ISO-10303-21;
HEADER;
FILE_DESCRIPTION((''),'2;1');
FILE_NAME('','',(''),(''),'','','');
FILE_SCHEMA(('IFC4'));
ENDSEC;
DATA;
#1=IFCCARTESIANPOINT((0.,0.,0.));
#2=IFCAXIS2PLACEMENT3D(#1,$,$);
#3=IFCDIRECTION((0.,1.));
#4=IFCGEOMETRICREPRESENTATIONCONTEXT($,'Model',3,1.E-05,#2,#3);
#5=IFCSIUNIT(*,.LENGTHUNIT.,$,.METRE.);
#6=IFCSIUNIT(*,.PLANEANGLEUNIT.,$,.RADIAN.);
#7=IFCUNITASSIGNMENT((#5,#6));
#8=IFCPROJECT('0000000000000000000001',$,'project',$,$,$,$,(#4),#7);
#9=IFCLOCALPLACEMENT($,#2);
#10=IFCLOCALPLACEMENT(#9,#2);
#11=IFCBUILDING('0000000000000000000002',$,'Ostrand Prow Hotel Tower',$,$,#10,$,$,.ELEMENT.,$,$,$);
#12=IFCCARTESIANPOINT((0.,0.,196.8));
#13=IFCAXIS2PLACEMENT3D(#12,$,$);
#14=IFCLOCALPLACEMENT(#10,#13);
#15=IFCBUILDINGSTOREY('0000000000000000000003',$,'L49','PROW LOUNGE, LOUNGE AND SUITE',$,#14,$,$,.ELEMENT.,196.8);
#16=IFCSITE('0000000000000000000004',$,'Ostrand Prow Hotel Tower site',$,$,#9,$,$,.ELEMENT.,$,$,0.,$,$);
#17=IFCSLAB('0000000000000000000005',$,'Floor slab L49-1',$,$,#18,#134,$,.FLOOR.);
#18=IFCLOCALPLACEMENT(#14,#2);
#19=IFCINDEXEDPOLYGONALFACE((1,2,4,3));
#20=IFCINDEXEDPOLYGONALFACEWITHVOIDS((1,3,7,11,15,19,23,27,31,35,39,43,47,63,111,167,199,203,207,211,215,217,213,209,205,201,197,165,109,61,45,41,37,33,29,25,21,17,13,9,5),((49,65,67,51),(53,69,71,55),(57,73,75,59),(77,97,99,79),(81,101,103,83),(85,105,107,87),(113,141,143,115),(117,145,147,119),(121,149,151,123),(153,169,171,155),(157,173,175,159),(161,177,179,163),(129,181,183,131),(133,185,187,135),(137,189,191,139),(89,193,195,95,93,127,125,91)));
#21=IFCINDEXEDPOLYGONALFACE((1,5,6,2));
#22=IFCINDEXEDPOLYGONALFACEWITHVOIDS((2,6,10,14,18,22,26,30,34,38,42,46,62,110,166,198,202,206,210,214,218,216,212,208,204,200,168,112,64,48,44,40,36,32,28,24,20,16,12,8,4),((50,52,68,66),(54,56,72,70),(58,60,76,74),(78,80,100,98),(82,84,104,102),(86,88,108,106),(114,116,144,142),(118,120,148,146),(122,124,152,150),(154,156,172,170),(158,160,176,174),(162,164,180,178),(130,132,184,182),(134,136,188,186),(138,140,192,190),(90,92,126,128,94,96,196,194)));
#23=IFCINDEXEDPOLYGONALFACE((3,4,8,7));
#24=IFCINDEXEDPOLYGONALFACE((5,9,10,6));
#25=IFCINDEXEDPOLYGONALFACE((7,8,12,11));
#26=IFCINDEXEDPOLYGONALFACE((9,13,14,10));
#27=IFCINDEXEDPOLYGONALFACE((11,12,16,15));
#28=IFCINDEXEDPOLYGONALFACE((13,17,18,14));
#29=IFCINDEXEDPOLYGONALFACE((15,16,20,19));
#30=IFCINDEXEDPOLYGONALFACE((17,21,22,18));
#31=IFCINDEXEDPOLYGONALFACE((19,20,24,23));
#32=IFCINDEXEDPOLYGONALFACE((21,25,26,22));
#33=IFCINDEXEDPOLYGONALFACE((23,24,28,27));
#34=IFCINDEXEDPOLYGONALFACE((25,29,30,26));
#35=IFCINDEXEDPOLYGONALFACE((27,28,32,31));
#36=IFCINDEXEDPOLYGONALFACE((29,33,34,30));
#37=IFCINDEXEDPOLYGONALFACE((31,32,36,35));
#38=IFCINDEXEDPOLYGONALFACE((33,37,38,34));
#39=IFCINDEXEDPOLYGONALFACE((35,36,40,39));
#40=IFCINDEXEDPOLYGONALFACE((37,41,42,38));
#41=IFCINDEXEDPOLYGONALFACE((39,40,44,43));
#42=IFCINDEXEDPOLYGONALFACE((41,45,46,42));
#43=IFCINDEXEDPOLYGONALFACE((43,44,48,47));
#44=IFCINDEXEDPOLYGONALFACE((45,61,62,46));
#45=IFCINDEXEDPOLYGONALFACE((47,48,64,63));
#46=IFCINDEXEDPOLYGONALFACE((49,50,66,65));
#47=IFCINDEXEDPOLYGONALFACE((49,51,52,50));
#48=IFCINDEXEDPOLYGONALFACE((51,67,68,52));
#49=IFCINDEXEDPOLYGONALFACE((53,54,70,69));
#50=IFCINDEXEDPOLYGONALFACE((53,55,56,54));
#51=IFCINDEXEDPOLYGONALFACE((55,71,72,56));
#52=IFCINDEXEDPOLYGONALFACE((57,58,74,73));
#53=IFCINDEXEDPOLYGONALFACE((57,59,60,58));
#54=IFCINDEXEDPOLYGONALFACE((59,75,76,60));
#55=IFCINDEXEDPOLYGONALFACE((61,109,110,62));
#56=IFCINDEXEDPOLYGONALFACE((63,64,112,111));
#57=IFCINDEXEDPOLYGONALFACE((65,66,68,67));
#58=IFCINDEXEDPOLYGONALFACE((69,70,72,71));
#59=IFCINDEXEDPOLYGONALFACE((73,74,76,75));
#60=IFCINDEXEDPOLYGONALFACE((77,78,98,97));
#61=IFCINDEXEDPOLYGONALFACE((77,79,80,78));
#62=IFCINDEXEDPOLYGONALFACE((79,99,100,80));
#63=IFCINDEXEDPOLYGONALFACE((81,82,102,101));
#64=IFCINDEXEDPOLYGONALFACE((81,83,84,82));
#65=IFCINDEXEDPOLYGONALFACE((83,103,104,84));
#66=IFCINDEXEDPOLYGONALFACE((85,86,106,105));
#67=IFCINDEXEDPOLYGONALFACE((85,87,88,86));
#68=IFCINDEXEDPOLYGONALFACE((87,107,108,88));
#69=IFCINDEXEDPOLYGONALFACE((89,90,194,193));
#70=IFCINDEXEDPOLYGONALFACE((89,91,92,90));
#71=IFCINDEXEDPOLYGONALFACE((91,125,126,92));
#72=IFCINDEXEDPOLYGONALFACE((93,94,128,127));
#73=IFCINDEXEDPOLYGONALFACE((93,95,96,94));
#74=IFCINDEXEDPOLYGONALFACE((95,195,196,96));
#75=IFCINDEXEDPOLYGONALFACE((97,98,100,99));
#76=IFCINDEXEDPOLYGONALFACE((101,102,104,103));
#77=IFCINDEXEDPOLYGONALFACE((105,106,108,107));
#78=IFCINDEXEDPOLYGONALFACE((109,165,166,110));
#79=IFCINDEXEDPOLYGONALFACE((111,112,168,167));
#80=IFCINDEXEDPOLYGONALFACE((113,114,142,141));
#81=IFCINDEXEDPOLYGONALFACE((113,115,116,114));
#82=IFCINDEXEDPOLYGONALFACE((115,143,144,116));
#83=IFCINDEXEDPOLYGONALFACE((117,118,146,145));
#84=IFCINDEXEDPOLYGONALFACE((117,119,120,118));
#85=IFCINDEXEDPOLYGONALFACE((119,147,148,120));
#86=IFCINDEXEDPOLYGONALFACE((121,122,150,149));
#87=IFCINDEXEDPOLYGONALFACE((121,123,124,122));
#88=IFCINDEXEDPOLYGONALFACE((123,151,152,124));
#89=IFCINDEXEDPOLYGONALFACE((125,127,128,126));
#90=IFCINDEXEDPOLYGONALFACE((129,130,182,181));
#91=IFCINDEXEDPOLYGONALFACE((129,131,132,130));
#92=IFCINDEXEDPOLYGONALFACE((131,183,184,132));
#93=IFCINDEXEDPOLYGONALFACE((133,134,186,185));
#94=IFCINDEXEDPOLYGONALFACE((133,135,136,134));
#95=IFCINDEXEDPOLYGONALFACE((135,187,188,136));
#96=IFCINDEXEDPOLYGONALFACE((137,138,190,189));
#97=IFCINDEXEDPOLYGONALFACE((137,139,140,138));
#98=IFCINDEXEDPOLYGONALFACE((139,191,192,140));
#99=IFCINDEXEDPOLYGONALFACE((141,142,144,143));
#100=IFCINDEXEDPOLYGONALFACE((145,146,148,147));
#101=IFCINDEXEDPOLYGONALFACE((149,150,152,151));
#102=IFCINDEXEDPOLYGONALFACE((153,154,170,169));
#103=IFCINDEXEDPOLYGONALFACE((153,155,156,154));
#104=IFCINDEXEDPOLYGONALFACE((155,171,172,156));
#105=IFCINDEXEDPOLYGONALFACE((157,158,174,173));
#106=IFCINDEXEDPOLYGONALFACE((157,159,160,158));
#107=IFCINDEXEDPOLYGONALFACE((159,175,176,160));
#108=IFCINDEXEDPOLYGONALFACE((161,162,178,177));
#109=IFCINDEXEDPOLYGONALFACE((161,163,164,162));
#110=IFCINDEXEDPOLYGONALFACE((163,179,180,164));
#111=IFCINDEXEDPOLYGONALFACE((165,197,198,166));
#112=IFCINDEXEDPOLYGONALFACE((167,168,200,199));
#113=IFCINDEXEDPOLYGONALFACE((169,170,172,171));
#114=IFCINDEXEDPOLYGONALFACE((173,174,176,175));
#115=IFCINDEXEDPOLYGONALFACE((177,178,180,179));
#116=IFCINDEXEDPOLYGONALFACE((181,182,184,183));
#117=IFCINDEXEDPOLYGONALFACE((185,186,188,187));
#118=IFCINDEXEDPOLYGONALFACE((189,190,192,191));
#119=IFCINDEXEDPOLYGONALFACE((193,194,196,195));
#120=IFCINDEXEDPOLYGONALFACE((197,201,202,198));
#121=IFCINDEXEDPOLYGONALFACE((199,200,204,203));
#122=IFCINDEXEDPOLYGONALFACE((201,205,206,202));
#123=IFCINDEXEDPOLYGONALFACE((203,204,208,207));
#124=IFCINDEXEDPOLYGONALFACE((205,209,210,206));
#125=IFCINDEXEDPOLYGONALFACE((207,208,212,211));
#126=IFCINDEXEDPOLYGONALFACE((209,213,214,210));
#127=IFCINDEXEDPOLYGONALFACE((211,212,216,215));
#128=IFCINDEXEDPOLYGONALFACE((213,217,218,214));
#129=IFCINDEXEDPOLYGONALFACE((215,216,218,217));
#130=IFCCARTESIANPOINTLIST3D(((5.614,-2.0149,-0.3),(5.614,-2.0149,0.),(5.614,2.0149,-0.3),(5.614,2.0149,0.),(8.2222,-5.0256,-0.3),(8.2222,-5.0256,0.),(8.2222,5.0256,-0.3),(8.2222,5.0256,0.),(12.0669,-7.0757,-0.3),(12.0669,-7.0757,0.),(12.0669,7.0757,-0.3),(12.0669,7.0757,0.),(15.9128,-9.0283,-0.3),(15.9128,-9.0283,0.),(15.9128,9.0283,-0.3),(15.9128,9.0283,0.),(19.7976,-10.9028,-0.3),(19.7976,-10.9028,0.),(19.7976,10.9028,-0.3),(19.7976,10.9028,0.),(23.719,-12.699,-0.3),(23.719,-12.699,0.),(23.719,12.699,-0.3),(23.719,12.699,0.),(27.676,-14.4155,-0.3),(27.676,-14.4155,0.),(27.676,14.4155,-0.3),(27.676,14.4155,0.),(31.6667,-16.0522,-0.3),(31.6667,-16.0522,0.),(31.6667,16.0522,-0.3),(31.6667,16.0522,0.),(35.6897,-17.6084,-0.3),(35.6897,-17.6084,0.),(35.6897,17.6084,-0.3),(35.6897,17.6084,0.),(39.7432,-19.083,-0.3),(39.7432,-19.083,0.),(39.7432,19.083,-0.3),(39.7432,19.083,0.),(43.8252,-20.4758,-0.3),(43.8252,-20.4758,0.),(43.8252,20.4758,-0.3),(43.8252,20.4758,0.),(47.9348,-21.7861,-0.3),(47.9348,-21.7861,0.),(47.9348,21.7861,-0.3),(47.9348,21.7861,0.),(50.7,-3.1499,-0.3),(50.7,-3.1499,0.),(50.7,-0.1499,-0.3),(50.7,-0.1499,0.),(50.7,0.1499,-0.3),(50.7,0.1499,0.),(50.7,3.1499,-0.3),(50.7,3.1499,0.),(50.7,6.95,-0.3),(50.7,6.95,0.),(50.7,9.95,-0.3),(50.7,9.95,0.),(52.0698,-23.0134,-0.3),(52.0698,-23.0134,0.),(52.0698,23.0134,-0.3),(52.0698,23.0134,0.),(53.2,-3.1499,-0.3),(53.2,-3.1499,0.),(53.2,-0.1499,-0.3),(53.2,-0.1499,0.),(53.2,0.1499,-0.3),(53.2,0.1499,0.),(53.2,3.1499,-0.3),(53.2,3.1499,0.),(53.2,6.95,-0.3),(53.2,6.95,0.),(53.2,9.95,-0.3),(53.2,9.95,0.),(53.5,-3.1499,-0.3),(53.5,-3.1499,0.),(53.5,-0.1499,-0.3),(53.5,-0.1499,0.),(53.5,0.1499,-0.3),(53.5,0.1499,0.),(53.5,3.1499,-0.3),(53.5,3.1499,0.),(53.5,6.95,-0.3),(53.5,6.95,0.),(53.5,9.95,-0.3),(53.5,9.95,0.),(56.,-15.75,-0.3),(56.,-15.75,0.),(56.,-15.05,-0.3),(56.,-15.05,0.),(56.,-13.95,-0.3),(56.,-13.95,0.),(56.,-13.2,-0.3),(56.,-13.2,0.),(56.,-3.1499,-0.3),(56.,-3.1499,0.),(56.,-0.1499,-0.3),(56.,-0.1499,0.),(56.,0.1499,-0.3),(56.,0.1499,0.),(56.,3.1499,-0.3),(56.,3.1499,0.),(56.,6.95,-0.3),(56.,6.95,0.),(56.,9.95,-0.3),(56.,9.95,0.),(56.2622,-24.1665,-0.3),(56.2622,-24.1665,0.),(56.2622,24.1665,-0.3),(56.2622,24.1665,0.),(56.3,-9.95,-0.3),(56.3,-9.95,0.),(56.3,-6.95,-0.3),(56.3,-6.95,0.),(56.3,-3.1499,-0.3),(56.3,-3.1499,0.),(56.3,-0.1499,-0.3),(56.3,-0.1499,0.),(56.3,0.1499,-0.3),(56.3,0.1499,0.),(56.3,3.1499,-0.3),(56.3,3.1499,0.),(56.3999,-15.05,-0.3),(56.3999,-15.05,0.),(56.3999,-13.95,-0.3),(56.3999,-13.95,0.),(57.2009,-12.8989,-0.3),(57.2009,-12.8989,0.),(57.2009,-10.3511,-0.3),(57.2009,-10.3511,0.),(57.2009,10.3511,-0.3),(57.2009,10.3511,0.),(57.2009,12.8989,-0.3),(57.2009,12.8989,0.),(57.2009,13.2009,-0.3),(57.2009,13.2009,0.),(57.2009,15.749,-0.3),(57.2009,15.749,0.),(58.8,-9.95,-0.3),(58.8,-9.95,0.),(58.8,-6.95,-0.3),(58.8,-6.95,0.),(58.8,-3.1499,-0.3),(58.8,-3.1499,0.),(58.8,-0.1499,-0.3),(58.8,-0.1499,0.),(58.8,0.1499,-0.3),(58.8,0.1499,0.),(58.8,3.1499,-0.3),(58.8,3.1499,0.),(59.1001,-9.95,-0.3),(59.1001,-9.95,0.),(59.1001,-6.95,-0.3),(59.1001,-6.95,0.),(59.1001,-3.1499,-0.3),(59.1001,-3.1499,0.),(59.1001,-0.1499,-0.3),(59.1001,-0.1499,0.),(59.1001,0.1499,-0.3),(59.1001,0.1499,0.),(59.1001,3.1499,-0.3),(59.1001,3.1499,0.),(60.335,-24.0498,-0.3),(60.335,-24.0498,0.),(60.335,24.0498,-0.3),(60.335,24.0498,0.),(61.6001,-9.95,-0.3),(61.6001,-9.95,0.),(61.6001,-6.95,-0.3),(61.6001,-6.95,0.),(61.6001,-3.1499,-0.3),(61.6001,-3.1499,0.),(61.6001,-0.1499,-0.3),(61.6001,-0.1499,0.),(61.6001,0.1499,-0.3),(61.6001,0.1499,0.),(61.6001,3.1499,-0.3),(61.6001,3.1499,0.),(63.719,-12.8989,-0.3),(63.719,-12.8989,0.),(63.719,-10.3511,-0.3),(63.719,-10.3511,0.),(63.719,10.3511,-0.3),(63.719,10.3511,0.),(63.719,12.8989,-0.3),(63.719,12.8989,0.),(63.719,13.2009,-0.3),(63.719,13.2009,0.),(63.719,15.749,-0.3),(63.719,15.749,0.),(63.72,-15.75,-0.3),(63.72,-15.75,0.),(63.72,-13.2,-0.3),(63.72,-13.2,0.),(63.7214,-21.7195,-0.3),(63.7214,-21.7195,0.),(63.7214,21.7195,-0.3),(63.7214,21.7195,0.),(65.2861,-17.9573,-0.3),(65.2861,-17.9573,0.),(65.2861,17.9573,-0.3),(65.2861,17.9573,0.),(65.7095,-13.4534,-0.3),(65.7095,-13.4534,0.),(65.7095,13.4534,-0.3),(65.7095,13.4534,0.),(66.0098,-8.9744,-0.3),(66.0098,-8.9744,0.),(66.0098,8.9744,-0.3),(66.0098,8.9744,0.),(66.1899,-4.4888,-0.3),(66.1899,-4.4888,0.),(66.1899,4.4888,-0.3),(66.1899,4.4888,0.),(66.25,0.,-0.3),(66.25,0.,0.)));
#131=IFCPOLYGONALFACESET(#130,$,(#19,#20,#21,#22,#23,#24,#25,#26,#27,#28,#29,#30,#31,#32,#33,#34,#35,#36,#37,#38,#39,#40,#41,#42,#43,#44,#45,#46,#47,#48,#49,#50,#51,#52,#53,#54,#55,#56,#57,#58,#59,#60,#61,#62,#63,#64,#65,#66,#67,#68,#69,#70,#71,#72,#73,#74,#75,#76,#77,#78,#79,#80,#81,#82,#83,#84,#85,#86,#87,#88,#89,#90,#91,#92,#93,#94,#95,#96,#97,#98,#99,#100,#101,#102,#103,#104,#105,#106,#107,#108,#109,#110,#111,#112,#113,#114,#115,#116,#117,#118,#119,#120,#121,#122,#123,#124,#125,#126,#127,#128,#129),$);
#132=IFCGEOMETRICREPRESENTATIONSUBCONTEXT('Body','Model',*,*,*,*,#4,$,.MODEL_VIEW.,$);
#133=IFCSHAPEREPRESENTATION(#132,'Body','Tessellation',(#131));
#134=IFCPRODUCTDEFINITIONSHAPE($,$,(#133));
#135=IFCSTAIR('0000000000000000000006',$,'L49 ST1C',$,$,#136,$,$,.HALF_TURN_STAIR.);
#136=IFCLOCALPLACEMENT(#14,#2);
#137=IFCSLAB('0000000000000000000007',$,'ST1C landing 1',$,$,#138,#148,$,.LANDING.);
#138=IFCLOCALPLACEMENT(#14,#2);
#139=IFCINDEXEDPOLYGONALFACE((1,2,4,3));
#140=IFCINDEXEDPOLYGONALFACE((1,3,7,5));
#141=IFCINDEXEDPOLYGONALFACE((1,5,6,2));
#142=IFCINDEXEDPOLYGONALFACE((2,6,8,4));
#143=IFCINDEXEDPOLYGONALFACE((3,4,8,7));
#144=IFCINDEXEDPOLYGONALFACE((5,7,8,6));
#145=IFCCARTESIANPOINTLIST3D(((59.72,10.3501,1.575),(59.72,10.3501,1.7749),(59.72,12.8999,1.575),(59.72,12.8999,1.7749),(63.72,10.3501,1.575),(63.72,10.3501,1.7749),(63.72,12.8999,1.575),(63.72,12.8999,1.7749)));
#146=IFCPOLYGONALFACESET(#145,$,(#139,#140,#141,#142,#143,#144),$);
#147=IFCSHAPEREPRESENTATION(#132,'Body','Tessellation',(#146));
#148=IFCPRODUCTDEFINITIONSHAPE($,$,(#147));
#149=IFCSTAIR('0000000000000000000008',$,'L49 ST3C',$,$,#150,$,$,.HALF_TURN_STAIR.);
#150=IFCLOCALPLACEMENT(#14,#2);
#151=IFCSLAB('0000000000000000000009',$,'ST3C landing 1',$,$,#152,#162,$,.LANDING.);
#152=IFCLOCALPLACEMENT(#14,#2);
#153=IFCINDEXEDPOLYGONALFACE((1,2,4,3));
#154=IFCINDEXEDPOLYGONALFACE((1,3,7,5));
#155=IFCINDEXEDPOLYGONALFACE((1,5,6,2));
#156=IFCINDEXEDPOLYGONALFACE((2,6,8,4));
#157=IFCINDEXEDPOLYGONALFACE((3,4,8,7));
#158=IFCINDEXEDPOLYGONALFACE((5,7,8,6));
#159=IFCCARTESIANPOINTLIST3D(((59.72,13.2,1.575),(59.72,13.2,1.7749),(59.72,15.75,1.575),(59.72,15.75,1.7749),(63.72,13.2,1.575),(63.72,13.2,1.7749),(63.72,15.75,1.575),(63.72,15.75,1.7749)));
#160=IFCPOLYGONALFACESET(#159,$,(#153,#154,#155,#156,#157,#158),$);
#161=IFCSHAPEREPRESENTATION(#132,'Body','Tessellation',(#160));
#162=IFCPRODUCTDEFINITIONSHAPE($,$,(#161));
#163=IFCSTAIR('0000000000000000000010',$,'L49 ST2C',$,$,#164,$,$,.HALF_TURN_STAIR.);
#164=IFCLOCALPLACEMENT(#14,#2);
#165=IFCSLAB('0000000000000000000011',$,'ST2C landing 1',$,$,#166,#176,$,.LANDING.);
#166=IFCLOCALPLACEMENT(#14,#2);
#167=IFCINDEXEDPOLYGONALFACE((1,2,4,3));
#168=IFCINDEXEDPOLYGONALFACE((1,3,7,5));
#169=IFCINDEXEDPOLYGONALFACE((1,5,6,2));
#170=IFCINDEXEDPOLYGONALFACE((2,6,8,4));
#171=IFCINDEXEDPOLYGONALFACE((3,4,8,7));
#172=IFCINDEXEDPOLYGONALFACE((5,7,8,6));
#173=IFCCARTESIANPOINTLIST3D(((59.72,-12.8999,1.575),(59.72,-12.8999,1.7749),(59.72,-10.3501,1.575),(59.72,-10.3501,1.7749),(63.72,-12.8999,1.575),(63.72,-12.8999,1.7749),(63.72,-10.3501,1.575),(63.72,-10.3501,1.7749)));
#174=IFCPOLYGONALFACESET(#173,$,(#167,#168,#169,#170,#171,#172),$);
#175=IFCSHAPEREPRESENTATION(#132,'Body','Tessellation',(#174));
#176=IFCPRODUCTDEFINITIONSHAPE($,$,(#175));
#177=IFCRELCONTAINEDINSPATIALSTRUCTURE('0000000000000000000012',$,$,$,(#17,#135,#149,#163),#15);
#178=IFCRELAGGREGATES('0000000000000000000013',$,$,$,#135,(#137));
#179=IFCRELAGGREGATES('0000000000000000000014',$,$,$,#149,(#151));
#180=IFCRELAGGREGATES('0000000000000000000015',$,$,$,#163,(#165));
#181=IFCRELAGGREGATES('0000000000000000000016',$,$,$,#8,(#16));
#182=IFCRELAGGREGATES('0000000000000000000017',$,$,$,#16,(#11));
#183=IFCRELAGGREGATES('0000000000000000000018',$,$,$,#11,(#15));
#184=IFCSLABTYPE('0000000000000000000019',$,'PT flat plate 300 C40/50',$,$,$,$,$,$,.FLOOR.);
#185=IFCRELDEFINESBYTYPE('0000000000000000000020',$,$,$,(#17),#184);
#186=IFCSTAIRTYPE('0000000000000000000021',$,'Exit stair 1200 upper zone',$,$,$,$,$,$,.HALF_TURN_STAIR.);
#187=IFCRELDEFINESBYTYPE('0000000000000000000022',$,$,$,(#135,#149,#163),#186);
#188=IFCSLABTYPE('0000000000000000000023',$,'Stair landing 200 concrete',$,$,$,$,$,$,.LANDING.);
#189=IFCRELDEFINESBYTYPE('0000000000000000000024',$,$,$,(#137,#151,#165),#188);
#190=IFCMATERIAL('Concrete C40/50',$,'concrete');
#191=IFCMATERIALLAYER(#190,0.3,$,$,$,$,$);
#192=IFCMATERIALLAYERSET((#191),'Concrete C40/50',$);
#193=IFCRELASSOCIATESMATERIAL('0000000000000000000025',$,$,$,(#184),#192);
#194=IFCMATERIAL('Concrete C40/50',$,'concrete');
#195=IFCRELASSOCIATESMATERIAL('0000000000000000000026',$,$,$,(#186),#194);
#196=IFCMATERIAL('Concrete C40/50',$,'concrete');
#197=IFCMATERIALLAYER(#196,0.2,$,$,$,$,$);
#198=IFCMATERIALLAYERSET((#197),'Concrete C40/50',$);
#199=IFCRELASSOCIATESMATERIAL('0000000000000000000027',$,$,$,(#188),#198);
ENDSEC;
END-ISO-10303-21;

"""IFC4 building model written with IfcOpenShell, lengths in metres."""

from ifc_helpers import new_model, si_unit, direction, frame, origin, place, context, subcontext, project, spatial, polyline, outline, extrude, material, layer, layer_set, type_object, element, aggregate, save


model = new_model("IFC4")

# Units and contexts
model_context = context("Model", 3, precision=1e-05, world=origin(), true_north=direction((0.0, 1.0)))
body_context = subcontext(model_context, "Body", "Model", "MODEL_VIEW")
ifc_project = project(units=[si_unit("LENGTHUNIT", "METRE"), si_unit("PLANEANGLEUNIT", "RADIAN")], contexts=[model_context])

# Site, building, storey
site_placement = place(None, origin())
site = spatial("IfcSite", under=ifc_project, at=site_placement, Name="Ostrand Prow Hotel Tower site", CompositionType="ELEMENT", RefElevation=0.0)
building_placement = place(site_placement, origin())
building = spatial("IfcBuilding", under=site, at=building_placement, Name="Ostrand Prow Hotel Tower", CompositionType="ELEMENT")
storey_placement = place(building_placement, frame((0.0, 0.0, 196.8)))
storey = spatial("IfcBuildingStorey", under=building, at=storey_placement, Name="L49", Description="PROW LOUNGE, LOUNGE AND SUITE", CompositionType="ELEMENT", Elevation=196.8)

# Slab, opening
ifc_material_1 = material(Name="Concrete C40/50", Category="concrete")
ifc_layer_1 = layer(ifc_material_1, 0.3)
ifc_layer_set_1 = layer_set([ifc_layer_1], Name="Concrete C40/50")
slab_type_1 = type_object("IfcSlabType", Name="PT flat plate 300 C40/50", PredefinedType="FLOOR", material=ifc_layer_set_1)
slab_1_placement = place(storey_placement, frame((0.0, 0.0, -0.3)))
slab_1 = element("IfcSlab", 1, at=slab_1_placement, inside=storey, type_object=slab_type_1, Name="Floor slab L49-1", PredefinedType="FLOOR", context=body_context, shape_type="SweptSolid", body=[
    extrude(outline(polyline([(8.2222, 5.0256), (12.0669, 7.0757), (15.9128, 9.0283), (19.7976, 10.9028), (23.719, 12.699), (27.676, 14.4155), (31.6667, 16.0522), (35.6897, 17.6084), (39.7432, 19.083), (43.8252, 20.4758), (47.9348, 21.7861), (52.0698, 23.0134), (56.2622, 24.1665), (60.335, 24.0498), (63.7214, 21.7195), (65.2861, 17.9573), (65.7095, 13.4534), (66.0098, 8.9744), (66.1899, 4.4888), (66.25, 0.0), (66.1899, -4.4888), (66.0098, -8.9744), (65.7095, -13.4534), (65.2861, -17.9573), (63.7214, -21.7195), (60.335, -24.0498), (56.2622, -24.1665), (52.0698, -23.0134), (47.9348, -21.7861), (43.8252, -20.4758), (39.7432, -19.083), (35.6897, -17.6084), (31.6667, -16.0522), (27.676, -14.4155), (23.719, -12.699), (19.7976, -10.9028), (15.9128, -9.0283), (12.0669, -7.0757), (8.2222, -5.0256), (5.614, -2.0149), (5.614, 2.0149), (8.2222, 5.0256)]), holes=[polyline([(50.7, 6.95), (53.2, 6.95), (53.2, 9.95), (50.7, 9.95), (50.7, 6.95)]), polyline([(53.5, 6.95), (56.0, 6.95), (56.0, 9.95), (53.5, 9.95), (53.5, 6.95)]), polyline([(50.7, 0.1499), (53.2, 0.1499), (53.2, 3.1499), (50.7, 3.1499), (50.7, 0.1499)]), polyline([(53.5, 0.1499), (56.0, 0.1499), (56.0, 3.1499), (53.5, 3.1499), (53.5, 0.1499)]), polyline([(56.3, 0.1499), (58.8, 0.1499), (58.8, 3.1499), (56.3, 3.1499), (56.3, 0.1499)]), polyline([(59.1001, 0.1499), (61.6001, 0.1499), (61.6001, 3.1499), (59.1001, 3.1499), (59.1001, 0.1499)]), polyline([(50.7, -3.1499), (53.2, -3.1499), (53.2, -0.1499), (50.7, -0.1499), (50.7, -3.1499)]), polyline([(53.5, -3.1499), (56.0, -3.1499), (56.0, -0.1499), (53.5, -0.1499), (53.5, -3.1499)]), polyline([(56.3, -3.1499), (58.8, -3.1499), (58.8, -0.1499), (56.3, -0.1499), (56.3, -3.1499)]), polyline([(59.1001, -3.1499), (61.6001, -3.1499), (61.6001, -0.1499), (59.1001, -0.1499), (59.1001, -3.1499)]), polyline([(56.3, -9.95), (58.8, -9.95), (58.8, -6.95), (56.3, -6.95), (56.3, -9.95)]), polyline([(59.1001, -9.95), (61.6001, -9.95), (61.6001, -6.95), (59.1001, -6.95), (59.1001, -9.95)]), polyline([(57.2009, 10.3511), (57.2009, 12.8989), (63.719, 12.8989), (63.719, 10.3511), (57.2009, 10.3511)]), polyline([(57.2009, 13.2009), (57.2009, 15.749), (63.719, 15.749), (63.719, 13.2009), (57.2009, 13.2009)]), polyline([(57.2009, -12.8989), (57.2009, -10.3511), (63.719, -10.3511), (63.719, -12.8989), (57.2009, -12.8989)]), polyline([(63.72, -13.2), (63.72, -15.75), (56.0, -15.75), (56.0, -15.05), (56.3999, -15.05), (56.3999, -13.95), (56.0, -13.95), (56.0, -13.2), (63.72, -13.2)])]), origin(), (0.0, 0.0, 1.0), 0.3),
])
opening_1_placement = place(slab_1_placement, origin())
element("IfcOpeningElement", 2, at=opening_1_placement, cuts=slab_1, PredefinedType="OPENING", context=body_context, shape_type="SweptSolid", body=[
    extrude(outline(polyline([(63.72, -13.2), (63.72, -15.75), (56.0, -15.75), (56.0, -15.05), (56.3999, -15.05), (56.3999, -13.95), (56.0, -13.95), (56.0, -13.2), (63.72, -13.2)])), origin(), (0.0, 0.0, 1.0), 0.3),
])

# Stairs, slabs
ifc_material_2 = material(Name="Concrete C40/50", Category="concrete")
stair_type = type_object("IfcStairType", Name="Exit stair 1200 upper zone", PredefinedType="HALF_TURN_STAIR", material=ifc_material_2)
stair_1_placement = place(storey_placement, origin())
stair_1 = element("IfcStair", 3, at=stair_1_placement, inside=storey, type_object=stair_type, Name="L49 ST1C", PredefinedType="HALF_TURN_STAIR")
ifc_material_3 = material(Name="Concrete C40/50", Category="concrete")
ifc_layer_2 = layer(ifc_material_3, 0.2)
ifc_layer_set_2 = layer_set([ifc_layer_2], Name="Concrete C40/50")
slab_type_2 = type_object("IfcSlabType", Name="Stair landing 200 concrete", PredefinedType="LANDING", material=ifc_layer_set_2)
slab_2_placement = place(storey_placement, frame((0.0, 0.0, 1.575)))
slab_2 = element("IfcSlab", 4, at=slab_2_placement, type_object=slab_type_2, Name="ST1C landing 1", PredefinedType="LANDING", context=body_context, shape_type="SweptSolid", body=[
    extrude(outline(polyline([(59.72, 10.3501), (63.72, 10.3501), (63.72, 12.8999), (59.72, 12.8999), (59.72, 10.3501)])), origin(), (0.0, 0.0, 1.0), 0.2),
])
aggregate(stair_1, [slab_2])
stair_2_placement = place(storey_placement, origin())
stair_2 = element("IfcStair", 5, at=stair_2_placement, inside=storey, type_object=stair_type, Name="L49 ST3C", PredefinedType="HALF_TURN_STAIR")
slab_3_placement = place(storey_placement, frame((0.0, 0.0, 1.575)))
slab_3 = element("IfcSlab", 6, at=slab_3_placement, type_object=slab_type_2, Name="ST3C landing 1", PredefinedType="LANDING", context=body_context, shape_type="SweptSolid", body=[
    extrude(outline(polyline([(59.72, 13.2), (63.72, 13.2), (63.72, 15.75), (59.72, 15.75), (59.72, 13.2)])), origin(), (0.0, 0.0, 1.0), 0.2),
])
aggregate(stair_2, [slab_3])
stair_3_placement = place(storey_placement, origin())
stair_3 = element("IfcStair", 7, at=stair_3_placement, inside=storey, type_object=stair_type, Name="L49 ST2C", PredefinedType="HALF_TURN_STAIR")
slab_4_placement = place(storey_placement, frame((0.0, 0.0, 1.575)))
slab_4 = element("IfcSlab", 8, at=slab_4_placement, type_object=slab_type_2, Name="ST2C landing 1", PredefinedType="LANDING", context=body_context, shape_type="SweptSolid", body=[
    extrude(outline(polyline([(59.72, -12.8999), (63.72, -12.8999), (63.72, -10.3501), (59.72, -10.3501), (59.72, -12.8999)])), origin(), (0.0, 0.0, 1.0), 0.2),
])
aggregate(stair_3, [slab_4])

save(model, "model.ifc")
